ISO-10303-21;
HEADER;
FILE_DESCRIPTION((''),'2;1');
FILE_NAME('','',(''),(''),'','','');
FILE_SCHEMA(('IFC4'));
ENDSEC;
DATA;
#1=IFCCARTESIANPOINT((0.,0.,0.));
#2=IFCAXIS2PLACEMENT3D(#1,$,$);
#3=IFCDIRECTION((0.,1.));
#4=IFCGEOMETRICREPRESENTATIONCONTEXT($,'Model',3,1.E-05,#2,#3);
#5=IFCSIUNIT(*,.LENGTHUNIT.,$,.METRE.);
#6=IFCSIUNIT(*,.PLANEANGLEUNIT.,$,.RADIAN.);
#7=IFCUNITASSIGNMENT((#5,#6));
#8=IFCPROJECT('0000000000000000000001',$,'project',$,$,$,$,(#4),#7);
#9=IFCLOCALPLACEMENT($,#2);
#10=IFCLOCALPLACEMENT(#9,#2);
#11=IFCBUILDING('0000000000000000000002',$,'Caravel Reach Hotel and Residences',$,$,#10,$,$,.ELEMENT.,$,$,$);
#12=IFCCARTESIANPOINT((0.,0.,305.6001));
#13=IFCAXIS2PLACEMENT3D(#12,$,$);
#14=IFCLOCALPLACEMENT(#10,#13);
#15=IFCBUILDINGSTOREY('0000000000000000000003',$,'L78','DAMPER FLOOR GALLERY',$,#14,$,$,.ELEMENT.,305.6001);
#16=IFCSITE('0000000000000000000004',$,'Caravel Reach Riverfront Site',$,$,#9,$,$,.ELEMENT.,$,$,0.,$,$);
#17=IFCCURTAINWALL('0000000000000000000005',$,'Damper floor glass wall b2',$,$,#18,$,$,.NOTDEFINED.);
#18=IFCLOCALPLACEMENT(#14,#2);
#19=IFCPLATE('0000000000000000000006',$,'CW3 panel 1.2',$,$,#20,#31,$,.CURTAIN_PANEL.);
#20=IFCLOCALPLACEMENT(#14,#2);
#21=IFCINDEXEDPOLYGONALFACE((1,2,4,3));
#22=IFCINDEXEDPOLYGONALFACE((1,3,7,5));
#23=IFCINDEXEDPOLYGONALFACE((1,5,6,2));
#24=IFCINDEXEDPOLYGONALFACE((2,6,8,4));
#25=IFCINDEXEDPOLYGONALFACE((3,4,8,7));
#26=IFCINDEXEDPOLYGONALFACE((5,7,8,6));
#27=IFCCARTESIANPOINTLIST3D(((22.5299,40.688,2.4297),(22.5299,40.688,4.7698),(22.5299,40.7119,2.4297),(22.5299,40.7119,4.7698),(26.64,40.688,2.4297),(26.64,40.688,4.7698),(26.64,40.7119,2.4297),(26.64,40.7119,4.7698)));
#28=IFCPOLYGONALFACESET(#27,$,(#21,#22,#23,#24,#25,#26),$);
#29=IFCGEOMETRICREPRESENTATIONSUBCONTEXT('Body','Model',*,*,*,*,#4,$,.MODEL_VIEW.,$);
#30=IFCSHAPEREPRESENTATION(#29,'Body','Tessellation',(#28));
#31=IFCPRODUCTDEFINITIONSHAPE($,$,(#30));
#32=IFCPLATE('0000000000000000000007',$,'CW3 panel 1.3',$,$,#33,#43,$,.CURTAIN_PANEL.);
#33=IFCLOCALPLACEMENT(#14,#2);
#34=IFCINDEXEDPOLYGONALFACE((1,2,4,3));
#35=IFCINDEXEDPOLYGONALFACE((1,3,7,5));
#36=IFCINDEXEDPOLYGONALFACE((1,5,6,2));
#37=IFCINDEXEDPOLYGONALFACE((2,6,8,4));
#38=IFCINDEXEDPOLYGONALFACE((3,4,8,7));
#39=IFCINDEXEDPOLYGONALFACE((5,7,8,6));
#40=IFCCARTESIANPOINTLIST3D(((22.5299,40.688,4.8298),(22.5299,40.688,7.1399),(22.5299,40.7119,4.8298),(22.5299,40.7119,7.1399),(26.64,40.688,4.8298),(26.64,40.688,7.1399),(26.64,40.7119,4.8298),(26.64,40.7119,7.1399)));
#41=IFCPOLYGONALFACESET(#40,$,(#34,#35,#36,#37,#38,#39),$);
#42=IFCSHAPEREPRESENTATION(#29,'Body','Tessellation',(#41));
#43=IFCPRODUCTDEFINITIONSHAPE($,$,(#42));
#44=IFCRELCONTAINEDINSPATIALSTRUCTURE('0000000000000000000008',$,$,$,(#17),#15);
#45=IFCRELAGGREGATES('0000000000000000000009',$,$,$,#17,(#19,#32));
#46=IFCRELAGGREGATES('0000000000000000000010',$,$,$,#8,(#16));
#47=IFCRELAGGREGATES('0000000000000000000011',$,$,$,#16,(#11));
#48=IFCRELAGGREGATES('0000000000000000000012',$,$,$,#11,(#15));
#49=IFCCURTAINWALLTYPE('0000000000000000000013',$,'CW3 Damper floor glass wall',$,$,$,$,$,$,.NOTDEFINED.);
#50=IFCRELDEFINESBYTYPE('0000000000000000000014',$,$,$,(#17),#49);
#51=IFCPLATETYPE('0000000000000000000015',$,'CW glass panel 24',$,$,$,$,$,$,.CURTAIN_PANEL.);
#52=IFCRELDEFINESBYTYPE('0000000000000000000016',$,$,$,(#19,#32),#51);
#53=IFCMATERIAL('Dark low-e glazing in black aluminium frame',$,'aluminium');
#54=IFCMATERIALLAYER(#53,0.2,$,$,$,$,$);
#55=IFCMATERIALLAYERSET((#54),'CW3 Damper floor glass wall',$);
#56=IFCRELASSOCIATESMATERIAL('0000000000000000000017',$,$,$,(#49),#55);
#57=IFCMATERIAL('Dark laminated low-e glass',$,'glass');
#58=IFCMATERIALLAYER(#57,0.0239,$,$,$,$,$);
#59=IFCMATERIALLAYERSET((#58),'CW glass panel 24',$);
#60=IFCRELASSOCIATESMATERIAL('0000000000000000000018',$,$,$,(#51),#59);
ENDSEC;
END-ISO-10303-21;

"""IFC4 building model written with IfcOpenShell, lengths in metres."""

from ifc_helpers import new_model, si_unit, direction, frame, origin, origin_2d, place, context, subcontext, project, spatial, rectangle, extrude, material, layer, layer_set, type_object, element, aggregate, save


model = new_model("IFC4")

# Units and contexts
model_context = context("Model", 3, precision=1e-05, world=origin(), true_north=direction((0.0, 1.0)))
body_context = subcontext(model_context, "Body", "Model", "MODEL_VIEW")
ifc_project = project(units=[si_unit("LENGTHUNIT", "METRE"), si_unit("PLANEANGLEUNIT", "RADIAN")], contexts=[model_context])

# Site, building, storey
site_placement = place(None, origin())
site = spatial("IfcSite", under=ifc_project, at=site_placement, Name="Caravel Reach Riverfront Site", CompositionType="ELEMENT", RefElevation=0.0)
building_placement = place(site_placement, origin())
building = spatial("IfcBuilding", under=site, at=building_placement, Name="Caravel Reach Hotel and Residences", CompositionType="ELEMENT")
storey_placement = place(building_placement, frame((0.0, 0.0, 305.6001)))
storey = spatial("IfcBuildingStorey", under=building, at=storey_placement, Name="L78", Description="DAMPER FLOOR GALLERY", CompositionType="ELEMENT", Elevation=305.6001)

# Shared definitions
ifc_material_1 = material(Name="Dark low-e glazing in black aluminium frame", Category="aluminium")
ifc_layer_1 = layer(ifc_material_1, 0.2)
ifc_layer_set_1 = layer_set([ifc_layer_1], Name="CW3 Damper floor glass wall")
curtain_wall_type = type_object("IfcCurtainWallType", Name="CW3 Damper floor glass wall", PredefinedType="NOTDEFINED", material=ifc_layer_set_1)

# Curtain wall
curtain_wall_1_placement = place(storey_placement, origin())
curtain_wall_1 = element("IfcCurtainWall", 1, at=curtain_wall_1_placement, inside=storey, type_object=curtain_wall_type, Name="Damper floor glass wall b2", PredefinedType="NOTDEFINED")

# Plates
ifc_material_2 = material(Name="Dark laminated low-e glass", Category="glass")
ifc_layer_2 = layer(ifc_material_2, 0.0239)
ifc_layer_set_2 = layer_set([ifc_layer_2], Name="CW glass panel 24")
plate_type = type_object("IfcPlateType", Name="CW glass panel 24", PredefinedType="CURTAIN_PANEL", material=ifc_layer_set_2)
plate_1_placement = place(storey_placement, frame((24.585, 40.7, 2.4297), z_axis=(0.0, 0.0, 1.0), x_axis=(-1.0, 0.0, 0.0)))
plate_1 = element("IfcPlate", 2, at=plate_1_placement, type_object=plate_type, Name="CW3 panel 1.2", PredefinedType="CURTAIN_PANEL", context=body_context, shape_type="SweptSolid", body=[
    extrude(rectangle(XDim=4.1101, YDim=0.0239, at=origin_2d()), origin(), (0.0, 0.0, 1.0), 2.3401),
])
plate_2_placement = place(storey_placement, frame((24.585, 40.7, 4.8298), z_axis=(0.0, 0.0, 1.0), x_axis=(-1.0, 0.0, 0.0)))
plate_2 = element("IfcPlate", 3, at=plate_2_placement, type_object=plate_type, Name="CW3 panel 1.3", PredefinedType="CURTAIN_PANEL", context=body_context, shape_type="SweptSolid", body=[
    extrude(rectangle(XDim=4.1101, YDim=0.0239, at=origin_2d()), origin(), (0.0, 0.0, 1.0), 2.3101),
])
aggregate(curtain_wall_1, [plate_1, plate_2])

save(model, "model.ifc")
